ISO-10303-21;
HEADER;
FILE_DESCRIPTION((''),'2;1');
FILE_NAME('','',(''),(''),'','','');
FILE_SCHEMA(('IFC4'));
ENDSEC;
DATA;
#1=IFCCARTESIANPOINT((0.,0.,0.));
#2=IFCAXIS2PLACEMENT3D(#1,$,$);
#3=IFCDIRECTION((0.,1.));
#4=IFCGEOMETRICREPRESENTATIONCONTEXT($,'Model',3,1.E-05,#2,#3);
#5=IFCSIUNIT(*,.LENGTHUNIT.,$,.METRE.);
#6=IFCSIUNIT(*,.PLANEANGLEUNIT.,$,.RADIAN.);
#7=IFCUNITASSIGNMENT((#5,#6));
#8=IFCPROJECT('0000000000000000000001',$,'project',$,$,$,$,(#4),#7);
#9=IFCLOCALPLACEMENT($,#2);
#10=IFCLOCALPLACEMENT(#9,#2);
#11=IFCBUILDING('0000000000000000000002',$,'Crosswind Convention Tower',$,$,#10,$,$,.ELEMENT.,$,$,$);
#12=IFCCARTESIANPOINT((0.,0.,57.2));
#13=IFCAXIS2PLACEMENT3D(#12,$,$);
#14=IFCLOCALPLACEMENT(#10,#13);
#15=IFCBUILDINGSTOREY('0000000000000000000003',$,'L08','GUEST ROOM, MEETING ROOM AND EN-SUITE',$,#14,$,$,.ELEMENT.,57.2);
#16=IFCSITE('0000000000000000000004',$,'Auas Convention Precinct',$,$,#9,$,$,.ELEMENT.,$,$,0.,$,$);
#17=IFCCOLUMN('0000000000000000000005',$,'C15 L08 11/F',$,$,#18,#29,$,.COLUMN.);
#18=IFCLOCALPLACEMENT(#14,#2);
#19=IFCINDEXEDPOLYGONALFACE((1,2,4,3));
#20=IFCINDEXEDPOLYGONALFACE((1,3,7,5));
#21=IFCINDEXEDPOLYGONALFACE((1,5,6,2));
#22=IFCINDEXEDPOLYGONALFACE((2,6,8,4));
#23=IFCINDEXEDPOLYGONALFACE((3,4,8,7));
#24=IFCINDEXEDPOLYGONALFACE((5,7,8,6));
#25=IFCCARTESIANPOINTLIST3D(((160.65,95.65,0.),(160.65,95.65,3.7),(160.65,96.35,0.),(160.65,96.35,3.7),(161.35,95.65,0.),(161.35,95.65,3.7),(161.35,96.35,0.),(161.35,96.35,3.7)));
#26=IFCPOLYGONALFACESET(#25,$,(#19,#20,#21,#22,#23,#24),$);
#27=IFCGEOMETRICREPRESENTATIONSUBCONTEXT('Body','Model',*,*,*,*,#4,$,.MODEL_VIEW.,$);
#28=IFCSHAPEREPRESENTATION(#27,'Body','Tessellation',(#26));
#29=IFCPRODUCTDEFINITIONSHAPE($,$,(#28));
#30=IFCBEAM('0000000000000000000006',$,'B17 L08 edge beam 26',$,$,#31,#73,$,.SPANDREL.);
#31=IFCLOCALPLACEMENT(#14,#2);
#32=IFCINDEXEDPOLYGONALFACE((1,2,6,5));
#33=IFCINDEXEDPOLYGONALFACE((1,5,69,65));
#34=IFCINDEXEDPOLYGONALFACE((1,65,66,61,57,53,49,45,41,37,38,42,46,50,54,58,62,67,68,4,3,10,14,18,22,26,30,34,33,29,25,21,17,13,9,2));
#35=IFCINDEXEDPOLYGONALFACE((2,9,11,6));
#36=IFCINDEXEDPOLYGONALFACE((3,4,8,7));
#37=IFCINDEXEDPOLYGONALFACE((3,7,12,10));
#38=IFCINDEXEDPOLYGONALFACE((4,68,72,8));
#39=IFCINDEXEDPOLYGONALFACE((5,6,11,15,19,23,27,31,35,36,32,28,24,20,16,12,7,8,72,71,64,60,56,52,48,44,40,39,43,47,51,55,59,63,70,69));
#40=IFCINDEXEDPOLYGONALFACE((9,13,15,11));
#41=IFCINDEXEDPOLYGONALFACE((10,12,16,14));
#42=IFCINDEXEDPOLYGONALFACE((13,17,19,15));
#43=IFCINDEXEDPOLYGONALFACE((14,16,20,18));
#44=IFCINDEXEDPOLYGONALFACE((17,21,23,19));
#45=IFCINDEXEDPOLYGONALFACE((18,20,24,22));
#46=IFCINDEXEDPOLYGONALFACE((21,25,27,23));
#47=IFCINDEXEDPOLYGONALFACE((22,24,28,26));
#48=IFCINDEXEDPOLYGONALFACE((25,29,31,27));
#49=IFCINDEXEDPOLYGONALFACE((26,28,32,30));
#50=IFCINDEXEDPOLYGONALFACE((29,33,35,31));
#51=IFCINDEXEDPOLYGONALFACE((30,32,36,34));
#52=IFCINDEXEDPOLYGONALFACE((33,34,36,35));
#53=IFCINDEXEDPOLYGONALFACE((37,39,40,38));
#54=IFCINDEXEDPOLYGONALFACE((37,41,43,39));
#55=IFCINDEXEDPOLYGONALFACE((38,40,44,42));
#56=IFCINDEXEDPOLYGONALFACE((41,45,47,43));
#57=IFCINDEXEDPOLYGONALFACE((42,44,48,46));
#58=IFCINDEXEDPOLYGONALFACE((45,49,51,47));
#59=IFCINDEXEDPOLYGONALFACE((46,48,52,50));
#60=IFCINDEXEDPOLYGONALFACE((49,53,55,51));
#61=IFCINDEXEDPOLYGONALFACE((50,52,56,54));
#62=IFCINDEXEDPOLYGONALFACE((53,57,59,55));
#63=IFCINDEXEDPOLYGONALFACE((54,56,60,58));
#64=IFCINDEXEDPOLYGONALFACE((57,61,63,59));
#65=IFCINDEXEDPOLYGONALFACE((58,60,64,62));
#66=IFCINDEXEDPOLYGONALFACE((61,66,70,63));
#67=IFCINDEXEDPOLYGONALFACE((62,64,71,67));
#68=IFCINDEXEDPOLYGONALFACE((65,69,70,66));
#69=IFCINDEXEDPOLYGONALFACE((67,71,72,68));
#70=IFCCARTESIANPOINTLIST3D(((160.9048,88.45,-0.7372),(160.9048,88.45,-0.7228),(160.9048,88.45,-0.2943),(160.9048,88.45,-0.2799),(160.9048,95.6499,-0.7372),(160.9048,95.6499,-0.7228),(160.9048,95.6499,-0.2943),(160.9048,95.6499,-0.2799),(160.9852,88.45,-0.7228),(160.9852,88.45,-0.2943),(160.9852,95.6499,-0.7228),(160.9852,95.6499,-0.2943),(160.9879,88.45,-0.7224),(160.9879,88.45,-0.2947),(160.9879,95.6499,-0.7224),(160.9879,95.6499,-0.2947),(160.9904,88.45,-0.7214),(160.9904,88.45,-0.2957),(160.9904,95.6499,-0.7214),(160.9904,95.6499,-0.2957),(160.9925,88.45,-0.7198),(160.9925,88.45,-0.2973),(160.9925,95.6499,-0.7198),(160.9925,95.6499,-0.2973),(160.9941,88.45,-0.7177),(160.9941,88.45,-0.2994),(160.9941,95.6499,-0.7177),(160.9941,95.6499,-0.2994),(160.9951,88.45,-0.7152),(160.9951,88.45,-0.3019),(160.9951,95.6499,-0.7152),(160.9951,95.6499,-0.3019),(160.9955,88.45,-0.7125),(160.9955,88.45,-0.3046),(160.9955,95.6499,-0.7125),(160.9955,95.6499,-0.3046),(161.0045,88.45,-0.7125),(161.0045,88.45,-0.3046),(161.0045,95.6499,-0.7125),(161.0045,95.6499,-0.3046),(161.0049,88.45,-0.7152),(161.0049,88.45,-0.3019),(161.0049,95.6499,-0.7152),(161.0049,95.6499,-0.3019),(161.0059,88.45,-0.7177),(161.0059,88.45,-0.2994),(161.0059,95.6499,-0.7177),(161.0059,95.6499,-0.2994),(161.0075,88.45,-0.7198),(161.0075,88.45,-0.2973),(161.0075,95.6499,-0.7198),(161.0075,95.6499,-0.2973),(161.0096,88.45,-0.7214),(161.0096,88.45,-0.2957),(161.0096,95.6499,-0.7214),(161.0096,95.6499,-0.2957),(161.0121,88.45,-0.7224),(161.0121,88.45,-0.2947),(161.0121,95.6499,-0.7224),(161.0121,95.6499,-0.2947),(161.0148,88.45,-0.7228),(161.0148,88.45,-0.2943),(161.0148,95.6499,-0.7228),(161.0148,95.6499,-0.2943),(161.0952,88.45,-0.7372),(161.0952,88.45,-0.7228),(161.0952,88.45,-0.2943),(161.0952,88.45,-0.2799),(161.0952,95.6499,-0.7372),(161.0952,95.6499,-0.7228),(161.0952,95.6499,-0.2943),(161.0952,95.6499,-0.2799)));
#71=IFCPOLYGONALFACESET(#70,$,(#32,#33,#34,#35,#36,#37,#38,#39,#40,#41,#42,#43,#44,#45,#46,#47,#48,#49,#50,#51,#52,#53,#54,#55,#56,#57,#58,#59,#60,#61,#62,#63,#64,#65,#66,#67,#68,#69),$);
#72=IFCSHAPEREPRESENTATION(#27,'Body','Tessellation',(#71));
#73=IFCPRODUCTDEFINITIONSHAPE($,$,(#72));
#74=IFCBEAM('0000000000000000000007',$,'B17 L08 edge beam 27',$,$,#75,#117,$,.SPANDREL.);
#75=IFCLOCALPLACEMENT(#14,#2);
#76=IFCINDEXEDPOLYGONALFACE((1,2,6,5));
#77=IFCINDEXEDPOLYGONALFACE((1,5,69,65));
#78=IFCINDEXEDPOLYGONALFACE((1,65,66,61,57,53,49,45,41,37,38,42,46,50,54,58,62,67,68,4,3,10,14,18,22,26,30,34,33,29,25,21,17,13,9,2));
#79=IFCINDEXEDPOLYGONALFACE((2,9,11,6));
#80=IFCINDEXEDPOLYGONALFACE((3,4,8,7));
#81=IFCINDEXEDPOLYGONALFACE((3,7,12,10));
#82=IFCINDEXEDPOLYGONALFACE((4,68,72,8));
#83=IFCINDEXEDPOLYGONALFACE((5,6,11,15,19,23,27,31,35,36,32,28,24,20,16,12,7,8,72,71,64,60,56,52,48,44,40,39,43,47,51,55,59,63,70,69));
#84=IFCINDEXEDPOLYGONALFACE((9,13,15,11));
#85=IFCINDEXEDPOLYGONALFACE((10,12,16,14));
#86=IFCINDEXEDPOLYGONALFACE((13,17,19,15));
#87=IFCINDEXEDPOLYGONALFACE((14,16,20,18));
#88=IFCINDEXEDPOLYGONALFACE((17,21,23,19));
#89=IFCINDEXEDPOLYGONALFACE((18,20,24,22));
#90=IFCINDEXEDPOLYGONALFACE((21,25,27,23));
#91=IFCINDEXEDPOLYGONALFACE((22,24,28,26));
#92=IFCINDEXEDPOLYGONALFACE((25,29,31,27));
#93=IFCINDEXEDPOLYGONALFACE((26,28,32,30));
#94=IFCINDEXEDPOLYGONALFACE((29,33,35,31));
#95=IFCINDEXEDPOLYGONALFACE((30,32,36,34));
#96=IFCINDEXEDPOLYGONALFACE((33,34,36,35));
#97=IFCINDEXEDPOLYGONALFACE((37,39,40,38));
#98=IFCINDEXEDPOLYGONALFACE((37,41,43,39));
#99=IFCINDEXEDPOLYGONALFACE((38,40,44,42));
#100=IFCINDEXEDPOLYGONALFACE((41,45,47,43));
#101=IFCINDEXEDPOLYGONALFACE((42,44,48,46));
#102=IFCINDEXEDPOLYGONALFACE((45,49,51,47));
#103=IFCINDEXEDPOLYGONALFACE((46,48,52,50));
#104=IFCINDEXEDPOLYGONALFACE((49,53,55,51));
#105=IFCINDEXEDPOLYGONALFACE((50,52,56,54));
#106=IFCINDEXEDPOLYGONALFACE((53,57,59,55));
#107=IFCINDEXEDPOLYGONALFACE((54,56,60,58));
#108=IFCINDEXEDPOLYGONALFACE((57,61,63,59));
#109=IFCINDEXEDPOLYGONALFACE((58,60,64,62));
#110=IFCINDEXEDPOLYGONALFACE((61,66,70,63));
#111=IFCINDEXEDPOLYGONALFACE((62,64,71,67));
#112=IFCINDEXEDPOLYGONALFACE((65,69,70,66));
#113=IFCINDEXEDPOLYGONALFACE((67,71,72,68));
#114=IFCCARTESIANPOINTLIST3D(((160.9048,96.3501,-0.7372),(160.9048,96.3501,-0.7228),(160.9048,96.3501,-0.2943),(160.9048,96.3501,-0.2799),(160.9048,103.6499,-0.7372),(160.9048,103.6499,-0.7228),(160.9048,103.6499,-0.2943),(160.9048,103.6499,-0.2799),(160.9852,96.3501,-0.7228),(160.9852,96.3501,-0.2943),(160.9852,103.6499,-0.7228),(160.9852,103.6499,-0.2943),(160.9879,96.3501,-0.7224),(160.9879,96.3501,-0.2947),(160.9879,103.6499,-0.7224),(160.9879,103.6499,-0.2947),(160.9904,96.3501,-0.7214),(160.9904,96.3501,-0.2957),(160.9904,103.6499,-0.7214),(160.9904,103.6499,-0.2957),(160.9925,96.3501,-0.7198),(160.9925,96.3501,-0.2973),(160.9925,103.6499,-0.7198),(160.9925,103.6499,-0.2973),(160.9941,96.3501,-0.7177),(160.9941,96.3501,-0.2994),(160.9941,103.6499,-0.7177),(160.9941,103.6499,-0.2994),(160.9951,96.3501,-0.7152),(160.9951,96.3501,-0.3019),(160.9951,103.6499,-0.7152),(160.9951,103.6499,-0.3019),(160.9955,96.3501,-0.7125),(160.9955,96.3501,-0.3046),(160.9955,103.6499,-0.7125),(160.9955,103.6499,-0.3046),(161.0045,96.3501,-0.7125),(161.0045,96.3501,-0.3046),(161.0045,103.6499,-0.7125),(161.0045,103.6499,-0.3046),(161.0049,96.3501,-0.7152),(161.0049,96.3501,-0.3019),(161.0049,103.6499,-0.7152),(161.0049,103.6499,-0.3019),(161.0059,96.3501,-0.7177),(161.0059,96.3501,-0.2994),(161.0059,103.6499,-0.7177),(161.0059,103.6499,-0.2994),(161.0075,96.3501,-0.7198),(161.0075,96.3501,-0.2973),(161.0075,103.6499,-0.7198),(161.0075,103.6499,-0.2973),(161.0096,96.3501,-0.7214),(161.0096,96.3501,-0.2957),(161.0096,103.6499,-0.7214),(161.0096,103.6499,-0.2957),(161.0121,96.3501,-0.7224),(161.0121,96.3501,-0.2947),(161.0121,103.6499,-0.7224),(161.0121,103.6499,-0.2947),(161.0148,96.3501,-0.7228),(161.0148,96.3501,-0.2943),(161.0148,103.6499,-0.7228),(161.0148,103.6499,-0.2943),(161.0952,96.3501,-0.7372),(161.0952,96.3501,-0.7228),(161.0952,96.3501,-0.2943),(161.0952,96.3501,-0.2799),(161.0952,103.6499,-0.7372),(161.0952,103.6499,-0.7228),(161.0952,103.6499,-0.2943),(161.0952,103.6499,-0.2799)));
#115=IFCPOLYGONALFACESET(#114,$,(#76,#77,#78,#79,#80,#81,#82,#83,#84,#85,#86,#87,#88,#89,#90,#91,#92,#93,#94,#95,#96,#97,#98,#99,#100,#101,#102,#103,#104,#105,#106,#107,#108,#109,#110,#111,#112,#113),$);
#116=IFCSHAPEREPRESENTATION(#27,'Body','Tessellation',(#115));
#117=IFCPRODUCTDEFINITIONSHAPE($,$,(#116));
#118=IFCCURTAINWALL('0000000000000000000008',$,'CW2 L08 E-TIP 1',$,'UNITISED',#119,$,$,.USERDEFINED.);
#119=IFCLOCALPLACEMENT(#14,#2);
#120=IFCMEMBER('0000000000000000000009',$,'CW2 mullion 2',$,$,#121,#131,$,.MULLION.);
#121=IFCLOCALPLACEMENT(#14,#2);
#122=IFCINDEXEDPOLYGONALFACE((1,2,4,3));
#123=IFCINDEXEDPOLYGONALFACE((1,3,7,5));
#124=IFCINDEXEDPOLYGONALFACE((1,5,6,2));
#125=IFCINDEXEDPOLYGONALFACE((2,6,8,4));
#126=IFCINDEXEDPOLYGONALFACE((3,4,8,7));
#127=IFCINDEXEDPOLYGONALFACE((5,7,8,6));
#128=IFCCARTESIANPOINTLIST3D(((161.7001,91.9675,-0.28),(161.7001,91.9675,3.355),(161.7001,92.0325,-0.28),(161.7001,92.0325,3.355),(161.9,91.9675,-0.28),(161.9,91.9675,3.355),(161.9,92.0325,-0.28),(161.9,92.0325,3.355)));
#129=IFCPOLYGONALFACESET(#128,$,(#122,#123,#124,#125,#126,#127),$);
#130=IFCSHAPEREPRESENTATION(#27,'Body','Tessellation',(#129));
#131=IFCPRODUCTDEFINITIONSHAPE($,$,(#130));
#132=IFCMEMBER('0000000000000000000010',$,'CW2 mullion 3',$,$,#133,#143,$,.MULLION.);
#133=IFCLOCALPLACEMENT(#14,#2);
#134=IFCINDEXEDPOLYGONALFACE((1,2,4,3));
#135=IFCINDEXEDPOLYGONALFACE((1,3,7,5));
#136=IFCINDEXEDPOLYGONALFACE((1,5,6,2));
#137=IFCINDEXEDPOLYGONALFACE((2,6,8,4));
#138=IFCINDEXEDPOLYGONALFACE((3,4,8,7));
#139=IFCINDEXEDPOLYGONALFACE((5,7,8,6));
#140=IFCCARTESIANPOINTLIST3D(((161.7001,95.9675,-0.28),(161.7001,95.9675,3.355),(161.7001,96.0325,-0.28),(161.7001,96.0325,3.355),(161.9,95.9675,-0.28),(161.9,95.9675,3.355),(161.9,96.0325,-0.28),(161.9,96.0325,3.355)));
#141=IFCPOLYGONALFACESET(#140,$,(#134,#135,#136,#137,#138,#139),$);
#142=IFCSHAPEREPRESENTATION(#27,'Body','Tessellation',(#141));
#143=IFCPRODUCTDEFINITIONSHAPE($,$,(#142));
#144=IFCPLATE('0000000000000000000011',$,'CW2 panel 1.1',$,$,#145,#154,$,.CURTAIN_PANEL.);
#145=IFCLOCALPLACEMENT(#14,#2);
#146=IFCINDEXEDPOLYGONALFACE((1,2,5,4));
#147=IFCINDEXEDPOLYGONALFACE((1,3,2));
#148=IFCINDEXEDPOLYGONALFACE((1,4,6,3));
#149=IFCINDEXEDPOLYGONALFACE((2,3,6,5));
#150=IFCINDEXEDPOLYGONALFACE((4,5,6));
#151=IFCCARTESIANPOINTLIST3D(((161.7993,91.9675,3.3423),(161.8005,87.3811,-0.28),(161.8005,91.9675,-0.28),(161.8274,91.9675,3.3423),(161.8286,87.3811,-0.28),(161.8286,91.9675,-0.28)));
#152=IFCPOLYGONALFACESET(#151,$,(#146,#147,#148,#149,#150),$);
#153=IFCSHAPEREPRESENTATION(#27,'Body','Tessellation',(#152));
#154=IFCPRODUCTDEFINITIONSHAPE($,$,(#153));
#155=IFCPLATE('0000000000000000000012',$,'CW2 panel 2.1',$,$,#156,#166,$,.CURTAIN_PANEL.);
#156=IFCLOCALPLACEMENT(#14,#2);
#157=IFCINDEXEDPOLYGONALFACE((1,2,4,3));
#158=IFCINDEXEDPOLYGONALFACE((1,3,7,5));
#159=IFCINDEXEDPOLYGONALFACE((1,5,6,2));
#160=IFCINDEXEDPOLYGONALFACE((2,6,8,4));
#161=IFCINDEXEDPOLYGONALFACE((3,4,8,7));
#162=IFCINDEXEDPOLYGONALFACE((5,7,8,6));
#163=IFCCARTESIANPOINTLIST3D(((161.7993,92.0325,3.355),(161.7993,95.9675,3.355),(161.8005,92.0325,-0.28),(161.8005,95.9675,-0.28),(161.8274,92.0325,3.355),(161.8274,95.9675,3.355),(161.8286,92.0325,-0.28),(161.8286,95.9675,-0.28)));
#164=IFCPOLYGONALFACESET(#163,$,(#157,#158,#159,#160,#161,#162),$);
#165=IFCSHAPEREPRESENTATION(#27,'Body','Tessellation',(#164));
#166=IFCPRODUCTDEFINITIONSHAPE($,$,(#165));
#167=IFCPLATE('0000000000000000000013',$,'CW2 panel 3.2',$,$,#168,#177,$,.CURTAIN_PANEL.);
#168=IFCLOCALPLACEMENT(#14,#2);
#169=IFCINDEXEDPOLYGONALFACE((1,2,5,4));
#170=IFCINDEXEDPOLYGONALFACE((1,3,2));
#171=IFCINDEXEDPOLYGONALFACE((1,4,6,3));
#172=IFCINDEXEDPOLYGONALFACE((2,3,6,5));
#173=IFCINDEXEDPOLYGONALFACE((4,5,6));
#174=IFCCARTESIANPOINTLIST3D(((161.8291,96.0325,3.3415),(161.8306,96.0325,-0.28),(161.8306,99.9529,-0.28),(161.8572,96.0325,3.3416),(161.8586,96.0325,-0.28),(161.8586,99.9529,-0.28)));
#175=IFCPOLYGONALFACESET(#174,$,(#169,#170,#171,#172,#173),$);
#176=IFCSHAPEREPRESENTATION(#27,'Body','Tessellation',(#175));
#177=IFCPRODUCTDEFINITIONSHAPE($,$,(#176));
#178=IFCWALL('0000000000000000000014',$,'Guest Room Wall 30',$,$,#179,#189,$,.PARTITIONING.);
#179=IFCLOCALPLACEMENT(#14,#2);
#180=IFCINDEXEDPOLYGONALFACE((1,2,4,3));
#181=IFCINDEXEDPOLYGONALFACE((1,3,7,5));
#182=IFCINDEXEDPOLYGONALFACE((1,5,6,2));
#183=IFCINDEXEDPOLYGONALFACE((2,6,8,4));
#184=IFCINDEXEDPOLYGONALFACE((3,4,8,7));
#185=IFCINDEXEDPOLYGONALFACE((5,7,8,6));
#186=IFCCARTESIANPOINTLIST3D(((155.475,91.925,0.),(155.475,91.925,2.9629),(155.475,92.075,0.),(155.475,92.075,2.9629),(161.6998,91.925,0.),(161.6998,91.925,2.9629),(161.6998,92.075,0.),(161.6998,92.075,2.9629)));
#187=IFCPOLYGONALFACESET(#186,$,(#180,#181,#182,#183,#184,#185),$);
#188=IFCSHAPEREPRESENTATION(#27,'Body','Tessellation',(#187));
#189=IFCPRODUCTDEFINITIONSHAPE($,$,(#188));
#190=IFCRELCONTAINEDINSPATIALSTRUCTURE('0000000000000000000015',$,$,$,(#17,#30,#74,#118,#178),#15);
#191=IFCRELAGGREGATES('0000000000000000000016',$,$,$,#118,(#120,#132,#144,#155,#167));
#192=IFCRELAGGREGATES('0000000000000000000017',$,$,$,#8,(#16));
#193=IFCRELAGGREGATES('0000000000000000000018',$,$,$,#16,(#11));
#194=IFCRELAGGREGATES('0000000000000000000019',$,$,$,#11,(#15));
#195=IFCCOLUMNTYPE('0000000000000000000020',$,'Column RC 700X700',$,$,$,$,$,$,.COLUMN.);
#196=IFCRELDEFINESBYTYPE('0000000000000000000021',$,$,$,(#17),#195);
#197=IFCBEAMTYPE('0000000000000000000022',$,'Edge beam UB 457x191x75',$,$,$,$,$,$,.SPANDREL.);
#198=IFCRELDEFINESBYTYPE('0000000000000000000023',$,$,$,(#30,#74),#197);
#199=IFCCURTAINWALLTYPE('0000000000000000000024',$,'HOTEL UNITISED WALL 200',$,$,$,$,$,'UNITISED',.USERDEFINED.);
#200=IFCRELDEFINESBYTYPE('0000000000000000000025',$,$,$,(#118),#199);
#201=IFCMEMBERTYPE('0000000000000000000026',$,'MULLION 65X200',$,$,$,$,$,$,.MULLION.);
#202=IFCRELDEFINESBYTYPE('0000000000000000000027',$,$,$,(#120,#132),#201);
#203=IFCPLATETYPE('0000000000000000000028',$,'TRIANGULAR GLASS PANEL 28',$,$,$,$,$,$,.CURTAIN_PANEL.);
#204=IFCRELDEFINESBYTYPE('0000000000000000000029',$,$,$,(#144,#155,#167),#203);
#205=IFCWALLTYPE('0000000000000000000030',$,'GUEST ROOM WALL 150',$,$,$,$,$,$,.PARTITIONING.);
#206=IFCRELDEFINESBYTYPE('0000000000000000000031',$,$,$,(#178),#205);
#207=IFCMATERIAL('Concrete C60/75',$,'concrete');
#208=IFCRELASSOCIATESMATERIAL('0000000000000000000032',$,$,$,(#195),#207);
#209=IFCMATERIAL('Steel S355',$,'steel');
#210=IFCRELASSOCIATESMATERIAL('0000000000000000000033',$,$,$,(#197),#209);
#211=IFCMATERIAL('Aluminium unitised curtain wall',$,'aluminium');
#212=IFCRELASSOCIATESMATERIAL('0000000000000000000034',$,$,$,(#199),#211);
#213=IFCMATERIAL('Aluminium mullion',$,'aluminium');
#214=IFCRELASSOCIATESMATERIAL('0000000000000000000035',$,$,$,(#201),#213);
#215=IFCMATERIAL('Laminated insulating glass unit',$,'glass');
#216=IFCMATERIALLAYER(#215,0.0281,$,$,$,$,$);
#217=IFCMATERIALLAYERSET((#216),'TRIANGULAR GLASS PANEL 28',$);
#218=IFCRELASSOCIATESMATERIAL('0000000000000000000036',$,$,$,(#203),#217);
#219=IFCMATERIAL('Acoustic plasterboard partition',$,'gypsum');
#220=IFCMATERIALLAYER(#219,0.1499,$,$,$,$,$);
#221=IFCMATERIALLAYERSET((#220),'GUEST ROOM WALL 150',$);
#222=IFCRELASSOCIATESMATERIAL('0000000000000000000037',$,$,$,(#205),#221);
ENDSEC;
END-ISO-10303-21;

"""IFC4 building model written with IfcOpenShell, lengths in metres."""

from ifc_helpers import new_model, si_unit, direction, frame, frame_2d, origin, origin_2d, place, context, subcontext, project, spatial, polyline, rectangle, i_section, outline, extrude, material, layer, layer_set, material_profile, profile_set, type_object, element, aggregate, save


model = new_model("IFC4")

# Units and contexts
model_context = context("Model", 3, precision=1e-05, world=origin(), true_north=direction((0.0, 1.0)))
body_context = subcontext(model_context, "Body", "Model", "MODEL_VIEW")
ifc_project = project(units=[si_unit("LENGTHUNIT", "METRE"), si_unit("PLANEANGLEUNIT", "RADIAN")], contexts=[model_context])

# Site, building, storey
site_placement = place(None, origin())
site = spatial("IfcSite", under=ifc_project, at=site_placement, Name="Auas Convention Precinct", CompositionType="ELEMENT", RefElevation=0.0)
building_placement = place(site_placement, origin())
building = spatial("IfcBuilding", under=site, at=building_placement, Name="Crosswind Convention Tower", CompositionType="ELEMENT")
storey_placement = place(building_placement, frame((0.0, 0.0, 57.2)))
storey = spatial("IfcBuildingStorey", under=building, at=storey_placement, Name="L08", Description="GUEST ROOM, MEETING ROOM AND EN-SUITE", CompositionType="ELEMENT", Elevation=57.2)

# Column
ifc_material_1 = material(Name="Concrete C60/75", Category="concrete")
ifc_material_profile_1 = material_profile(ifc_material_1, rectangle(XDim=0.7, YDim=0.7, at=origin_2d()), Name="RC 700X700")
ifc_profile_set_1 = profile_set([ifc_material_profile_1], Name="Concrete C60/75")
column_type = type_object("IfcColumnType", Name="Column RC 700X700", PredefinedType="COLUMN", material=ifc_profile_set_1)
column_placement = place(storey_placement, frame((161.0, 96.0, 0.0), z_axis=(0.0, 0.0, 1.0), x_axis=(1.0, 0.0, 0.0)))
element("IfcColumn", 1, at=column_placement, inside=storey, type_object=column_type, Name="C15 L08 11/F", PredefinedType="COLUMN", context=body_context, shape_type="SweptSolid", body=[
    extrude(rectangle(XDim=0.7, YDim=0.7, at=origin_2d()), origin(), (0.0, 0.0, 1.0), 3.7),
])

# Beams
ifc_material_2 = material(Name="Steel S355", Category="steel")
ifc_material_profile_2 = material_profile(ifc_material_2, i_section(OverallWidth=0.1904, OverallDepth=0.4573, WebThickness=0.009, FlangeThickness=0.0144, FilletRadius=0.0103, at=origin_2d()), Name="UB 457x191x75")
ifc_profile_set_2 = profile_set([ifc_material_profile_2], Name="Steel S355")
beam_type = type_object("IfcBeamType", Name="Edge beam UB 457x191x75", PredefinedType="SPANDREL", material=ifc_profile_set_2)
beam_1_placement = place(storey_placement, frame((161.0, 88.45, -0.5085), z_axis=(0.0, 1.0, 0.0), x_axis=(-1.0, 0.0, 0.0)))
element("IfcBeam", 2, at=beam_1_placement, inside=storey, type_object=beam_type, Name="B17 L08 edge beam 26", PredefinedType="SPANDREL", context=body_context, shape_type="SweptSolid", body=[
    extrude(i_section(OverallWidth=0.1904, OverallDepth=0.4573, WebThickness=0.009, FlangeThickness=0.0144, FilletRadius=0.0103, at=origin_2d()), origin(), (0.0, 0.0, 1.0), 7.2),
])
beam_2_placement = place(storey_placement, frame((161.0, 96.3501, -0.5085), z_axis=(0.0, 1.0, 0.0), x_axis=(-1.0, 0.0, 0.0)))
element("IfcBeam", 3, at=beam_2_placement, inside=storey, type_object=beam_type, Name="B17 L08 edge beam 27", PredefinedType="SPANDREL", context=body_context, shape_type="SweptSolid", body=[
    extrude(i_section(OverallWidth=0.1904, OverallDepth=0.4573, WebThickness=0.009, FlangeThickness=0.0144, FilletRadius=0.0103, at=origin_2d()), origin(), (0.0, 0.0, 1.0), 7.2998),
])

# Curtain wall, members, plates
ifc_material_3 = material(Name="Aluminium unitised curtain wall", Category="aluminium")
curtain_wall_type = type_object("IfcCurtainWallType", Name="HOTEL UNITISED WALL 200", ElementType="UNITISED", PredefinedType="USERDEFINED", material=ifc_material_3)
curtain_wall_placement = place(storey_placement, origin())
curtain_wall = element("IfcCurtainWall", 4, at=curtain_wall_placement, inside=storey, type_object=curtain_wall_type, Name="CW2 L08 E-TIP 1", ObjectType="UNITISED", PredefinedType="USERDEFINED")
ifc_material_4 = material(Name="Aluminium mullion", Category="aluminium")
ifc_material_profile_3 = material_profile(ifc_material_4, rectangle(XDim=0.2, YDim=0.0649, at=origin_2d()), Name="AL 200X65")
ifc_profile_set_3 = profile_set([ifc_material_profile_3], Name="Aluminium mullion")
member_type = type_object("IfcMemberType", Name="MULLION 65X200", PredefinedType="MULLION", material=ifc_profile_set_3)
member_1_placement = place(storey_placement, frame((161.8, 92.0, -0.28), z_axis=(0.0, 0.0, 1.0), x_axis=(1.0, 0.0, 0.0)))
member_1 = element("IfcMember", 5, at=member_1_placement, type_object=member_type, Name="CW2 mullion 2", PredefinedType="MULLION", context=body_context, shape_type="SweptSolid", body=[
    extrude(rectangle(XDim=0.2, YDim=0.0649, at=origin_2d()), origin(), (0.0, 0.0, 1.0), 3.635),
])
member_2_placement = place(storey_placement, frame((161.8, 96.0, -0.28), z_axis=(0.0, 0.0, 1.0), x_axis=(1.0, 0.0, 0.0)))
member_2 = element("IfcMember", 6, at=member_2_placement, type_object=member_type, Name="CW2 mullion 3", PredefinedType="MULLION", context=body_context, shape_type="SweptSolid", body=[
    extrude(rectangle(XDim=0.2, YDim=0.0649, at=origin_2d()), origin(), (0.0, 0.0, 1.0), 3.635),
])
ifc_material_5 = material(Name="Laminated insulating glass unit", Category="glass")
ifc_layer_1 = layer(ifc_material_5, 0.0281)
ifc_layer_set_1 = layer_set([ifc_layer_1], Name="TRIANGULAR GLASS PANEL 28")
plate_type = type_object("IfcPlateType", Name="TRIANGULAR GLASS PANEL 28", PredefinedType="CURTAIN_PANEL", material=ifc_layer_set_1)
plate_1_placement = place(storey_placement, frame((161.8286, 91.9675, -0.28), z_axis=(1.0, 0.0, 0.000337), x_axis=(-0.000337, 0.0, 1.0)))
plate_1 = element("IfcPlate", 7, at=plate_1_placement, type_object=plate_type, Name="CW2 panel 1.1", PredefinedType="CURTAIN_PANEL", context=body_context, shape_type="SweptSolid", body=[
    extrude(outline(polyline([(0.0, 0.0), (3.6223, 0.0), (0.0, 4.5864), (0.0, 0.0)])), origin(), (0.0, 0.0, -1.0), 0.0281),
])
plate_2_placement = place(storey_placement, frame((161.8286, 92.0325, -0.28), z_axis=(1.0, 0.0, 0.000336), x_axis=(0.0, 1.0, 0.0)))
plate_2 = element("IfcPlate", 8, at=plate_2_placement, type_object=plate_type, Name="CW2 panel 2.1", PredefinedType="CURTAIN_PANEL", context=body_context, shape_type="SweptSolid", body=[
    extrude(outline(polyline([(0.0, 0.0), (3.9351, 0.0), (3.9351, 3.635), (0.0, 3.635), (0.0, 0.0)])), origin(), (0.0, 0.0, -1.0), 0.0281),
])
plate_3_placement = place(storey_placement, frame((161.8586, 96.0325, -0.28), z_axis=(1.0, 0.0, 0.000404), x_axis=(0.0, 1.0, 0.0)))
plate_3 = element("IfcPlate", 9, at=plate_3_placement, type_object=plate_type, Name="CW2 panel 3.2", PredefinedType="CURTAIN_PANEL", context=body_context, shape_type="SweptSolid", body=[
    extrude(outline(polyline([(0.0, 0.0), (3.9204, 0.0), (0.0, 3.6216), (0.0, 0.0)])), origin(), (0.0, 0.0, -1.0), 0.0281),
])
aggregate(curtain_wall, [member_1, member_2, plate_1, plate_2, plate_3])

# Wall
ifc_material_6 = material(Name="Acoustic plasterboard partition", Category="gypsum")
ifc_layer_2 = layer(ifc_material_6, 0.1499)
ifc_layer_set_2 = layer_set([ifc_layer_2], Name="GUEST ROOM WALL 150")
wall_type_1 = type_object("IfcWallType", Name="GUEST ROOM WALL 150", PredefinedType="PARTITIONING", material=ifc_layer_set_2)
wall_1_placement = place(storey_placement, frame((155.4751, 92.0, 0.0), z_axis=(0.0, 0.0, 1.0), x_axis=(1.0, 0.0, 0.0)))
element("IfcWall", 10, at=wall_1_placement, inside=storey, type_object=wall_type_1, Name="Guest Room Wall 30", PredefinedType="PARTITIONING", context=body_context, shape_type="SweptSolid", body=[
    extrude(rectangle(XDim=6.2249, YDim=0.1499, at=frame_2d((3.1123, 0.0))), origin(), (0.0, 0.0, 1.0), 2.9629),
])

save(model, "model.ifc")
